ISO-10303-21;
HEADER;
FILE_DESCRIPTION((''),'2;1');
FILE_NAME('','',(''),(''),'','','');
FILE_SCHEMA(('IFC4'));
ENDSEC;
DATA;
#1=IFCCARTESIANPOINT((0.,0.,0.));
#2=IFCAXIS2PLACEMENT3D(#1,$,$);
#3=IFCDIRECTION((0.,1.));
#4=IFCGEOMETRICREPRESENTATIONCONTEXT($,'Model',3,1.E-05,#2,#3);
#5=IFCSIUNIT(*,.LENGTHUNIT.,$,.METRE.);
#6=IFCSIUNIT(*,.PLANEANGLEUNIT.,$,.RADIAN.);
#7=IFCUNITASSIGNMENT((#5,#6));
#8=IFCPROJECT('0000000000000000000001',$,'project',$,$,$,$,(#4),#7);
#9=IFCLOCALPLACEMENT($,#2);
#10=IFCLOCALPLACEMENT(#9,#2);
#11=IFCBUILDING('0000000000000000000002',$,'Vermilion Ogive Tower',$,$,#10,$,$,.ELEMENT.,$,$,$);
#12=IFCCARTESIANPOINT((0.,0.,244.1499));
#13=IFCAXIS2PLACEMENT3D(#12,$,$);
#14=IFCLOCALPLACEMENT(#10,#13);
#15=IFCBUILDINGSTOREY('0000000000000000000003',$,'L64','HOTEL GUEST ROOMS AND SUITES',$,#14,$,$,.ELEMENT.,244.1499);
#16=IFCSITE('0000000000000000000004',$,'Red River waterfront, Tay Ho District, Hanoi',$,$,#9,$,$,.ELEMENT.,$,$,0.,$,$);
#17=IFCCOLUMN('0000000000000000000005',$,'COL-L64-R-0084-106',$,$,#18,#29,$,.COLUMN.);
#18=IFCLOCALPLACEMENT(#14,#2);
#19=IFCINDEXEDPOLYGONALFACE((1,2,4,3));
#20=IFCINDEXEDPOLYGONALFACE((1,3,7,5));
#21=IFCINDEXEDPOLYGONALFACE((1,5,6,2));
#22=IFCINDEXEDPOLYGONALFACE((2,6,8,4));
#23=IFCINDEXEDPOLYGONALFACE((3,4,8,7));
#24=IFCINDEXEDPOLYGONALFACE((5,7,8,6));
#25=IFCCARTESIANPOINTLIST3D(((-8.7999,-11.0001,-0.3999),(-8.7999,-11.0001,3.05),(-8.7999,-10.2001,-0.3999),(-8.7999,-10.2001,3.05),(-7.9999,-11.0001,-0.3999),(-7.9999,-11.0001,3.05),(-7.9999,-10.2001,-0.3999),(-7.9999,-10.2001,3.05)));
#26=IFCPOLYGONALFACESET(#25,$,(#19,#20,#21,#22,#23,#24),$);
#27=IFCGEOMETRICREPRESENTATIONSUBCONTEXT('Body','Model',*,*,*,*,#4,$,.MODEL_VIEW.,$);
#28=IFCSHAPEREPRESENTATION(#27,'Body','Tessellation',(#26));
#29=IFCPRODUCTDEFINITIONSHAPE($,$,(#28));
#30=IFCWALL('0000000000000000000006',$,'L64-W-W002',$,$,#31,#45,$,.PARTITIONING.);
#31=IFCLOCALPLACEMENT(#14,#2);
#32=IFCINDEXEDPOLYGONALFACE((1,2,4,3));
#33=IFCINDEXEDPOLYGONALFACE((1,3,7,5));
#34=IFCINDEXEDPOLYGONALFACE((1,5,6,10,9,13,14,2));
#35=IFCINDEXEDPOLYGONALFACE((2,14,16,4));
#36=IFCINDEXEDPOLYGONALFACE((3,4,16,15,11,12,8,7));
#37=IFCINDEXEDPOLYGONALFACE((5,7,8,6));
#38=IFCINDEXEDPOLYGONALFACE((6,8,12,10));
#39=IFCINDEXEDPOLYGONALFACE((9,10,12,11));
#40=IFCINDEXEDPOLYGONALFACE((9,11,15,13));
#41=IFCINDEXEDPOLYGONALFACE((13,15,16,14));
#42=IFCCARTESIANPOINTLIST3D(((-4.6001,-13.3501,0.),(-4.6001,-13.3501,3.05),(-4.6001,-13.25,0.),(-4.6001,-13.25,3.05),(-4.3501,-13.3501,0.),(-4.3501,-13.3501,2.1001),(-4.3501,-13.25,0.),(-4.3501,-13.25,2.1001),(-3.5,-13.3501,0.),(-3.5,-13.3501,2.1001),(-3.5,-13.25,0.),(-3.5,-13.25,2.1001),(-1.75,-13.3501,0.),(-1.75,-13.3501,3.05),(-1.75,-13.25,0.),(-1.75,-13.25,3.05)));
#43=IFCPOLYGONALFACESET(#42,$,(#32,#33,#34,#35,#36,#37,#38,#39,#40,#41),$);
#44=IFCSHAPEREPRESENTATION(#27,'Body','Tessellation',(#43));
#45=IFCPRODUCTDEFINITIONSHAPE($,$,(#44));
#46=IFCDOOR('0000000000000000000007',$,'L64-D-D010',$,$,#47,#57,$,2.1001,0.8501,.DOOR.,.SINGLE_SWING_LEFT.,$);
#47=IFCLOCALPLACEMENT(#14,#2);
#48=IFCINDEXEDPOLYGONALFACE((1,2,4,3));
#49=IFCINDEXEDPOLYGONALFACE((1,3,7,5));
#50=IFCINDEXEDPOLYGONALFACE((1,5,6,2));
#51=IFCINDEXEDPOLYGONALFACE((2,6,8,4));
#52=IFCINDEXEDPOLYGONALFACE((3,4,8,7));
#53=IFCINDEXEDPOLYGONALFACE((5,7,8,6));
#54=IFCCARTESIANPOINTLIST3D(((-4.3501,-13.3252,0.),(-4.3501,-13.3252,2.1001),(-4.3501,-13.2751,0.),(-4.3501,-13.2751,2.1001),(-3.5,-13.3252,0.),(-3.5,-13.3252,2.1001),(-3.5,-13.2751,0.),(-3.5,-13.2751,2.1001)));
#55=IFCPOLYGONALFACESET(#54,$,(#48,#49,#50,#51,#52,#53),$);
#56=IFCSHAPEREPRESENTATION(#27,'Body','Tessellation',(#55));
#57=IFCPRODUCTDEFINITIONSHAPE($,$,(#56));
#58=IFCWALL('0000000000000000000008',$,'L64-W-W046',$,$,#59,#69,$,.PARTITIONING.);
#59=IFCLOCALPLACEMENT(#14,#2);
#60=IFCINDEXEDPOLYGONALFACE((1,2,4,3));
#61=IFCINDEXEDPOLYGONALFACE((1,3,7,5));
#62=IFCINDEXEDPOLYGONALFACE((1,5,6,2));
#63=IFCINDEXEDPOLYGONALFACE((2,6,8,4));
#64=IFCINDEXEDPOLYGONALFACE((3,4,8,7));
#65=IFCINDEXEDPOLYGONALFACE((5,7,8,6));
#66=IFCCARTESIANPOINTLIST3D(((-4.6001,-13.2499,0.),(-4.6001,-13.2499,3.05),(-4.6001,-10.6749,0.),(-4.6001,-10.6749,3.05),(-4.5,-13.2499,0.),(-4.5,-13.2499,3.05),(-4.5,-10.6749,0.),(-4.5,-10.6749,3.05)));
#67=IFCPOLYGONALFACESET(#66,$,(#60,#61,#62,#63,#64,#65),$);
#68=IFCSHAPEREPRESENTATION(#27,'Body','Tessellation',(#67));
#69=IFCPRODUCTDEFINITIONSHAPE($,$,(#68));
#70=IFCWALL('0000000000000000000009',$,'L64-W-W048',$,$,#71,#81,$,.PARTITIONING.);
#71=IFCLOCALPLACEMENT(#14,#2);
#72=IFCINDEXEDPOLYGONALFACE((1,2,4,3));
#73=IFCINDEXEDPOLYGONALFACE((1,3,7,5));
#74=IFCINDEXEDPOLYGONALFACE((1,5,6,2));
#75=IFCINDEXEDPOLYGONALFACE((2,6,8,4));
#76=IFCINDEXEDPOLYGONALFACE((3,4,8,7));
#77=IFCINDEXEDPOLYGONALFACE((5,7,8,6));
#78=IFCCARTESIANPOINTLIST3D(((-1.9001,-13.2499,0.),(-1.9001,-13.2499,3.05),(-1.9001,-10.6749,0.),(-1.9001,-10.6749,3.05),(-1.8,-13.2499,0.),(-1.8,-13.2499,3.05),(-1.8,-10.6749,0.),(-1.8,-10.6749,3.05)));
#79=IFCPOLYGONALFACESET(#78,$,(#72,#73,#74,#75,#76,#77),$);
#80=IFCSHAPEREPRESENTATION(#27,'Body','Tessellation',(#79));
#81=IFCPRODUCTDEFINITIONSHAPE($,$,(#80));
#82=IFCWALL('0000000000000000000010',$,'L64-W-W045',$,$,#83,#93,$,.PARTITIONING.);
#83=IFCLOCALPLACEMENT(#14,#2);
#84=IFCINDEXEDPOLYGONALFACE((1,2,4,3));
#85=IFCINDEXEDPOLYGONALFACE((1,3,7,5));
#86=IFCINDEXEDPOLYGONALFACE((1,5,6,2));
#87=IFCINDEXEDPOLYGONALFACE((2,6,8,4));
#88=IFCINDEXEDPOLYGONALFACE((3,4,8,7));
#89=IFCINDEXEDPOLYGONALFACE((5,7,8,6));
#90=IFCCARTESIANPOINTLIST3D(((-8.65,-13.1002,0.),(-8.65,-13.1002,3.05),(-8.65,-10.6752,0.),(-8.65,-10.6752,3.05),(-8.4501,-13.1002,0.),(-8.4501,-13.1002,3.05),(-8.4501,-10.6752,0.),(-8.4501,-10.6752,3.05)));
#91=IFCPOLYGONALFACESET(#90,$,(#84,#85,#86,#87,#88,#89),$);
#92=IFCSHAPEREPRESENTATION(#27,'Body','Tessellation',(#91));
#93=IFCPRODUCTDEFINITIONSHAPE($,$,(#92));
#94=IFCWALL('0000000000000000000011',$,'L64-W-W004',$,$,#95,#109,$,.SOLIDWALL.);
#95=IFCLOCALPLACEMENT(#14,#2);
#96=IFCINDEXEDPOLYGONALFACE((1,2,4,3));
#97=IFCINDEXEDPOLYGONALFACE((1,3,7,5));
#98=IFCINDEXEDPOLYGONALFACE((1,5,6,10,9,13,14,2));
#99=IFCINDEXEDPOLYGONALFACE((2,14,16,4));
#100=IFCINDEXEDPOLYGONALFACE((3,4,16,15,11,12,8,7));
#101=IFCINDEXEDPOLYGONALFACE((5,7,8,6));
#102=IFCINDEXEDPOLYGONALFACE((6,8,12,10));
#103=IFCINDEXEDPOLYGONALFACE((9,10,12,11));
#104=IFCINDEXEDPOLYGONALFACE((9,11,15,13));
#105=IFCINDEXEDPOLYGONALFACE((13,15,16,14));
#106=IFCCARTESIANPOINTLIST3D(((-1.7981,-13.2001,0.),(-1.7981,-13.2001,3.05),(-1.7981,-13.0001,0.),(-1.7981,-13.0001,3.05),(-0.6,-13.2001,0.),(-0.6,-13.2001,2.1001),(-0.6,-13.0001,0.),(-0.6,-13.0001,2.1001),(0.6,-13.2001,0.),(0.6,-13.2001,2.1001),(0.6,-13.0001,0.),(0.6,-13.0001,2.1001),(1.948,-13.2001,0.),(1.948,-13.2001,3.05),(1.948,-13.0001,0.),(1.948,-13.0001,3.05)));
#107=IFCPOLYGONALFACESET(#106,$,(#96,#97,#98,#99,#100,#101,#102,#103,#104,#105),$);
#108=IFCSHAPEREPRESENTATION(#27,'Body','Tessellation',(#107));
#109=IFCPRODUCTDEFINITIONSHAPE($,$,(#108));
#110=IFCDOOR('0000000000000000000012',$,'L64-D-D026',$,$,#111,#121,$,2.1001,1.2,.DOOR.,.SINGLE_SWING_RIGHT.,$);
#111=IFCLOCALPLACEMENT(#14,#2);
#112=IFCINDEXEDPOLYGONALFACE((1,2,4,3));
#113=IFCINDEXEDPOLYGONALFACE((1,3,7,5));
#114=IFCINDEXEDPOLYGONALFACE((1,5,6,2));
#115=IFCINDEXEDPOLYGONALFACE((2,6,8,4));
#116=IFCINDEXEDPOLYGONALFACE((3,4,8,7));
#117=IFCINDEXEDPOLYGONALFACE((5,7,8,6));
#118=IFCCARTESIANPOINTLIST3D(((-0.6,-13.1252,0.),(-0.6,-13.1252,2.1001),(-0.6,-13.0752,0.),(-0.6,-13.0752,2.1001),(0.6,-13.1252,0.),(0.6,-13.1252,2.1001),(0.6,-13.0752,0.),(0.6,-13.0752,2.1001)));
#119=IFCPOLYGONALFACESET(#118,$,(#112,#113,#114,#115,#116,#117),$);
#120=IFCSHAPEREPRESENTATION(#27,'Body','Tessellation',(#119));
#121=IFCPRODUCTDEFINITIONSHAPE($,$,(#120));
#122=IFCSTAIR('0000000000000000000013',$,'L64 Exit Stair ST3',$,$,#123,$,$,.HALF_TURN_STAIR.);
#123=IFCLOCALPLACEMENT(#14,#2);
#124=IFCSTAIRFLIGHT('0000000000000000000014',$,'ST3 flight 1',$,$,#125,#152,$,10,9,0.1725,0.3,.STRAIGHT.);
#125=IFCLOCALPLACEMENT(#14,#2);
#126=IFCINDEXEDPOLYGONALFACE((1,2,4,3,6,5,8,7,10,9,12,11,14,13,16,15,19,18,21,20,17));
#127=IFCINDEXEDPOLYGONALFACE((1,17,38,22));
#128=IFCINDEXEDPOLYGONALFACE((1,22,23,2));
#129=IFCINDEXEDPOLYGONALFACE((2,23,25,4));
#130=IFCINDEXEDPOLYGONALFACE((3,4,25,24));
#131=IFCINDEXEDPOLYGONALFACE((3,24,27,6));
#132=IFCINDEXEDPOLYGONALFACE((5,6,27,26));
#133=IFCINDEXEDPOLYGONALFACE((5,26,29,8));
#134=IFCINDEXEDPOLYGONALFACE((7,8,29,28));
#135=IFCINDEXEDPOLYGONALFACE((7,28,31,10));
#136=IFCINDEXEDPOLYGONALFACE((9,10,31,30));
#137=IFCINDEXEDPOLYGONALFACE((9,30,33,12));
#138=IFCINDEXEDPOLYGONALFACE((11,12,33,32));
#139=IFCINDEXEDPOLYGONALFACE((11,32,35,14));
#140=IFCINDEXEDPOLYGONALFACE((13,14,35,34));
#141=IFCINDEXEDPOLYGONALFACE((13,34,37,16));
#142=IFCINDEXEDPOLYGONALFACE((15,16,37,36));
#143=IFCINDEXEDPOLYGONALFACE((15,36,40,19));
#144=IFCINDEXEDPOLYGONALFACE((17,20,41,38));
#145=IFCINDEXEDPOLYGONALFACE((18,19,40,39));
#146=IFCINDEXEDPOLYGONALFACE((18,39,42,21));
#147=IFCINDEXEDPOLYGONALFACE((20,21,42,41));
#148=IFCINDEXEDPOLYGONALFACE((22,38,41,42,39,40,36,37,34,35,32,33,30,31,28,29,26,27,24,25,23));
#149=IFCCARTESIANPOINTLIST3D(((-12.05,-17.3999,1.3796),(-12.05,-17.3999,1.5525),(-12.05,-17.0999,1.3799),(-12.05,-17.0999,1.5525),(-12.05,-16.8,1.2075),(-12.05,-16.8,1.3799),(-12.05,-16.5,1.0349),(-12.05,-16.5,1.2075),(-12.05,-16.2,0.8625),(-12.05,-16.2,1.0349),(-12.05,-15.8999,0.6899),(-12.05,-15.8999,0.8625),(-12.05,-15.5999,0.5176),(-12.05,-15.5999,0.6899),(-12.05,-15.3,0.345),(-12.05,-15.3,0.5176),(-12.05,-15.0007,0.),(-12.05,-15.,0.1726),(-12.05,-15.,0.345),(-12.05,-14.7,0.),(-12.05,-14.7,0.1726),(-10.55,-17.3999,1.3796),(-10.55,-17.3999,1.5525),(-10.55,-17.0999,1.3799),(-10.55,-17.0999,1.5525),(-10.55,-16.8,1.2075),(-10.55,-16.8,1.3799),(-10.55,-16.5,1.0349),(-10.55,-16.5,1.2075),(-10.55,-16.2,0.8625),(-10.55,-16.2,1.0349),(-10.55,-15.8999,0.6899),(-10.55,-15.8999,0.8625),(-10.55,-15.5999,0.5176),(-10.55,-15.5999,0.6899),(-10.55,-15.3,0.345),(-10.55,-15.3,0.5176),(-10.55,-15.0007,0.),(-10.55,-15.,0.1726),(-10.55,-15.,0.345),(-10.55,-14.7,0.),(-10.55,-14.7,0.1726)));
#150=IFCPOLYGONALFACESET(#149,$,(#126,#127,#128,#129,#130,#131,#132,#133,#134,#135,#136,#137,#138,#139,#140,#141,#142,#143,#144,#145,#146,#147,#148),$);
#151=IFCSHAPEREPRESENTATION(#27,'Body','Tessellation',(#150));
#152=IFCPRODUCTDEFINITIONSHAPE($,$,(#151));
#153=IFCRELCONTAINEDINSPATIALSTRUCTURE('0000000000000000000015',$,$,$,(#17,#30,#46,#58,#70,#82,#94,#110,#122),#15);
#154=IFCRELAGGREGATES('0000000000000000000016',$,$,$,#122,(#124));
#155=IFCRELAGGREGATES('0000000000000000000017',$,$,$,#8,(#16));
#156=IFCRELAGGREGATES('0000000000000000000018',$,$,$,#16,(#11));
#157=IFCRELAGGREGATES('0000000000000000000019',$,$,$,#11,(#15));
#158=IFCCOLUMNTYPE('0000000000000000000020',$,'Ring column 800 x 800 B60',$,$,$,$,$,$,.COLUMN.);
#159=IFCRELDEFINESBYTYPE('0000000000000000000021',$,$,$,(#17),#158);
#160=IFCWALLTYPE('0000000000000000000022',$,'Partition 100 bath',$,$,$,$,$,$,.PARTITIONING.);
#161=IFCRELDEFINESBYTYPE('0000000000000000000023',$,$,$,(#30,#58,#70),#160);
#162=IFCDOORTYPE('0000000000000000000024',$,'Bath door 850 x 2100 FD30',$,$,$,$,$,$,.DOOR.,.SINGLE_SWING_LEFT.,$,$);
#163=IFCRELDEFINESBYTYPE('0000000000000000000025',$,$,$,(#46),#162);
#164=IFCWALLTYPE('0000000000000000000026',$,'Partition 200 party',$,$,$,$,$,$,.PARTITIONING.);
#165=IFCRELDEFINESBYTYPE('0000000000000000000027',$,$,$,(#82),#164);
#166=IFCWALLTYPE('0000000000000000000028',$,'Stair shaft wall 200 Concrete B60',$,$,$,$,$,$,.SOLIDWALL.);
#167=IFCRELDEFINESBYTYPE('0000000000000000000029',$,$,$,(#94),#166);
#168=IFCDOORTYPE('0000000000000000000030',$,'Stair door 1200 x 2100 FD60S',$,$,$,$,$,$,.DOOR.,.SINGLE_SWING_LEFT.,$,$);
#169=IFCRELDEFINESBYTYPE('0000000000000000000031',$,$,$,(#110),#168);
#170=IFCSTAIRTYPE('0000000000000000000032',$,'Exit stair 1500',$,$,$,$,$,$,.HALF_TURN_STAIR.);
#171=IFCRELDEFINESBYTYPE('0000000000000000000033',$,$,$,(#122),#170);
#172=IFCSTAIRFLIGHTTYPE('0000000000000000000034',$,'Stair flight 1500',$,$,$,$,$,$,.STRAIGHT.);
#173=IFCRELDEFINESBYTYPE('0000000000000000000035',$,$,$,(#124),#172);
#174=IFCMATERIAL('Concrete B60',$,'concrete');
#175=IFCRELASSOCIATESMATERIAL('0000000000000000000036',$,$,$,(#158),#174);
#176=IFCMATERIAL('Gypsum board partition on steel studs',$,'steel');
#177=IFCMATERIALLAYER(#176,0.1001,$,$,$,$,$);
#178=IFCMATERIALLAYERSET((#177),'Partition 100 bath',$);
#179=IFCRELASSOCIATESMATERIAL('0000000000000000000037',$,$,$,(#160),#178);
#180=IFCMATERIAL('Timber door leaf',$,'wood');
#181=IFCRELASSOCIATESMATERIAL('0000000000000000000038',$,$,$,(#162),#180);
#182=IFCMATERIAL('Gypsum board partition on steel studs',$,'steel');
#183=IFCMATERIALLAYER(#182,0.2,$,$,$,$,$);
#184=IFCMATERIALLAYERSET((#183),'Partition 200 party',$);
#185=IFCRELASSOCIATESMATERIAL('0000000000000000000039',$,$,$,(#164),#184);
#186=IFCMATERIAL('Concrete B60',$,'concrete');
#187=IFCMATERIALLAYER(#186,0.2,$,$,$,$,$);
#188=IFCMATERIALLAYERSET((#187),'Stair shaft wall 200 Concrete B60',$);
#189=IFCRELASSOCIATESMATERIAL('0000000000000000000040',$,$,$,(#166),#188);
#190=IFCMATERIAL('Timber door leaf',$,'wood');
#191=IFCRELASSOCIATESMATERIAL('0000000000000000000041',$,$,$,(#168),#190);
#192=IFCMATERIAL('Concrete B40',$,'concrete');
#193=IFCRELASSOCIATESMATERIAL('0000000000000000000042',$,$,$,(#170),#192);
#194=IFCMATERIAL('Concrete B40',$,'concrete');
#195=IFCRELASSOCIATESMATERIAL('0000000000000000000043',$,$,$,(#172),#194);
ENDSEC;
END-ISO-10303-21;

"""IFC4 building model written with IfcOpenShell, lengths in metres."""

from ifc_helpers import new_model, si_unit, direction, frame, frame_2d, origin, origin_2d, place, context, subcontext, project, spatial, polyline, rectangle, outline, extrude, material, layer, layer_set, material_profile, profile_set, type_object, element, fill, aggregate, save


model = new_model("IFC4")

# Units and contexts
model_context = context("Model", 3, precision=1e-05, world=origin(), true_north=direction((0.0, 1.0)))
body_context = subcontext(model_context, "Body", "Model", "MODEL_VIEW")
ifc_project = project(units=[si_unit("LENGTHUNIT", "METRE"), si_unit("PLANEANGLEUNIT", "RADIAN")], contexts=[model_context])

# Site, building, storey
site_placement = place(None, origin())
site = spatial("IfcSite", under=ifc_project, at=site_placement, Name="Red River waterfront, Tay Ho District, Hanoi", CompositionType="ELEMENT", RefElevation=0.0)
building_placement = place(site_placement, origin())
building = spatial("IfcBuilding", under=site, at=building_placement, Name="Vermilion Ogive Tower", CompositionType="ELEMENT")
storey_placement = place(building_placement, frame((0.0, 0.0, 244.1499)))
storey = spatial("IfcBuildingStorey", under=building, at=storey_placement, Name="L64", Description="HOTEL GUEST ROOMS AND SUITES", CompositionType="ELEMENT", Elevation=244.1499)

# Column
ifc_material_1 = material(Name="Concrete B60", Category="concrete")
ifc_material_profile = material_profile(ifc_material_1, rectangle(XDim=0.8, YDim=0.8, at=origin_2d()), Name="800 x 800")
ifc_profile_set = profile_set([ifc_material_profile], Name="Concrete B60")
column_type = type_object("IfcColumnType", Name="Ring column 800 x 800 B60", PredefinedType="COLUMN", material=ifc_profile_set)
column_placement = place(storey_placement, frame((-8.3999, -10.6001, -0.3999), z_axis=(0.0, 0.0, 1.0), x_axis=(1.0, 0.0, 0.0)))
element("IfcColumn", 1, at=column_placement, inside=storey, type_object=column_type, Name="COL-L64-R-0084-106", PredefinedType="COLUMN", context=body_context, shape_type="SweptSolid", body=[
    extrude(rectangle(XDim=0.8, YDim=0.8, at=origin_2d()), origin(), (0.0, 0.0, 1.0), 3.45),
])

# Wall, opening, door
ifc_material_2 = material(Name="Gypsum board partition on steel studs", Category="steel")
ifc_layer_1 = layer(ifc_material_2, 0.1001)
ifc_layer_set_1 = layer_set([ifc_layer_1], Name="Partition 100 bath")
wall_type_1 = type_object("IfcWallType", Name="Partition 100 bath", PredefinedType="PARTITIONING", material=ifc_layer_set_1)
wall_1_placement = place(storey_placement, frame((-4.6001, -13.3, 0.0), z_axis=(0.0, 0.0, 1.0), x_axis=(1.0, 0.0, 0.0)))
wall_1 = element("IfcWall", 2, at=wall_1_placement, inside=storey, type_object=wall_type_1, Name="L64-W-W002", PredefinedType="PARTITIONING", context=body_context, shape_type="SweptSolid", body=[
    extrude(rectangle(XDim=2.8501, YDim=0.1001, at=frame_2d((1.425, 0.0))), origin(), (0.0, 0.0, 1.0), 3.05),
])
opening_1_placement = place(wall_1_placement, frame((0.25, 0.0, 0.0)))
opening_1 = element("IfcOpeningElement", 3, at=opening_1_placement, cuts=wall_1, PredefinedType="OPENING", context=body_context, shape_type="SweptSolid", body=[
    extrude(rectangle(XDim=0.8501, YDim=2.1001, at=frame_2d((0.425, 1.05))), frame((0.0, 0.0601, 0.0), z_axis=(0.0, -1.0, 0.0), x_axis=(1.0, 0.0, 0.0)), (0.0, 0.0, 1.0), 0.1201),
])
ifc_material_3 = material(Name="Timber door leaf", Category="wood")
door_type_1 = type_object("IfcDoorType", Name="Bath door 850 x 2100 FD30", OperationType="SINGLE_SWING_LEFT", PredefinedType="DOOR", material=ifc_material_3)
door_1_placement = place(opening_1_placement, origin())
door_1 = element("IfcDoor", 4, at=door_1_placement, inside=storey, type_object=door_type_1, Name="L64-D-D010", OperationType="SINGLE_SWING_LEFT", OverallHeight=2.1001, OverallWidth=0.8501, PredefinedType="DOOR", context=body_context, shape_type="SweptSolid", body=[
    extrude(rectangle(XDim=0.8501, YDim=2.1001, at=frame_2d((0.425, 1.05))), frame((0.0, 0.0249, 0.0), z_axis=(0.0, -1.0, 0.0), x_axis=(1.0, 0.0, 0.0)), (0.0, 0.0, 1.0), 0.05),
])
fill(opening_1, door_1)

# Walls
for number, where, z_axis, x_axis, name in (
    (5, (-4.55, -13.25, 0.0), (0.0, 0.0, 1.0), (0.0, 1.0, 0.0), "L64-W-W046"),
    (6, (-1.8501, -13.25, 0.0), (0.0, 0.0, 1.0), (0.0, 1.0, 0.0), "L64-W-W048"),
):
    element("IfcWall", number, at=place(storey_placement, frame(where, z_axis=z_axis, x_axis=x_axis)), inside=storey, type_object=wall_type_1, Name=name, PredefinedType="PARTITIONING", context=body_context, shape_type="SweptSolid", body=[
        extrude(rectangle(XDim=2.575, YDim=0.1001, at=frame_2d((1.2876, 0.0))), origin(), (0.0, 0.0, 1.0), 3.05),
    ])
ifc_material_4 = material(Name="Gypsum board partition on steel studs", Category="steel")
ifc_layer_2 = layer(ifc_material_4, 0.2)
ifc_layer_set_2 = layer_set([ifc_layer_2], Name="Partition 200 party")
wall_type_2 = type_object("IfcWallType", Name="Partition 200 party", PredefinedType="PARTITIONING", material=ifc_layer_set_2)
wall_2_placement = place(storey_placement, frame((-8.55, -13.1001, 0.0), z_axis=(0.0, 0.0, 1.0), x_axis=(0.0, 1.0, 0.0)))
element("IfcWall", 7, at=wall_2_placement, inside=storey, type_object=wall_type_2, Name="L64-W-W045", PredefinedType="PARTITIONING", context=body_context, shape_type="SweptSolid", body=[
    extrude(rectangle(XDim=2.425, YDim=0.2, at=frame_2d((1.2124, 0.0))), origin(), (0.0, 0.0, 1.0), 3.05),
])

# Wall, opening, door
ifc_material_5 = material(Name="Concrete B60", Category="concrete")
ifc_layer_3 = layer(ifc_material_5, 0.2)
ifc_layer_set_3 = layer_set([ifc_layer_3], Name="Stair shaft wall 200 Concrete B60")
wall_type_3 = type_object("IfcWallType", Name="Stair shaft wall 200 Concrete B60", PredefinedType="SOLIDWALL", material=ifc_layer_set_3)
wall_3_placement = place(storey_placement, frame((-1.7981, -13.1001, 0.0), z_axis=(0.0, 0.0, 1.0), x_axis=(1.0, 0.0, 0.0)))
wall_3 = element("IfcWall", 8, at=wall_3_placement, inside=storey, type_object=wall_type_3, Name="L64-W-W004", PredefinedType="SOLIDWALL", context=body_context, shape_type="SweptSolid", body=[
    extrude(rectangle(XDim=3.7461, YDim=0.2, at=frame_2d((1.873, 0.0))), origin(), (0.0, 0.0, 1.0), 3.05),
])
opening_2_placement = place(wall_3_placement, frame((1.198, 0.0, 0.0)))
opening_2 = element("IfcOpeningElement", 9, at=opening_2_placement, cuts=wall_3, PredefinedType="OPENING", context=body_context, shape_type="SweptSolid", body=[
    extrude(rectangle(XDim=1.2, YDim=2.1001, at=frame_2d((0.6001, 1.05))), frame((0.0, 0.1099, 0.0), z_axis=(0.0, -1.0, 0.0), x_axis=(1.0, 0.0, 0.0)), (0.0, 0.0, 1.0), 0.22),
])
ifc_material_6 = material(Name="Timber door leaf", Category="wood")
door_type_2 = type_object("IfcDoorType", Name="Stair door 1200 x 2100 FD60S", OperationType="SINGLE_SWING_LEFT", PredefinedType="DOOR", material=ifc_material_6)
door_2_placement = place(opening_2_placement, origin())
door_2 = element("IfcDoor", 10, at=door_2_placement, inside=storey, type_object=door_type_2, Name="L64-D-D026", OperationType="SINGLE_SWING_RIGHT", OverallHeight=2.1001, OverallWidth=1.2, PredefinedType="DOOR", context=body_context, shape_type="SweptSolid", body=[
    extrude(rectangle(XDim=1.2, YDim=2.1001, at=frame_2d((0.6001, 1.05))), frame((0.0, 0.0249, 0.0), z_axis=(0.0, -1.0, 0.0), x_axis=(1.0, 0.0, 0.0)), (0.0, 0.0, 1.0), 0.05),
])
fill(opening_2, door_2)

# Stair, stair flight
ifc_material_7 = material(Name="Concrete B40", Category="concrete")
stair_type = type_object("IfcStairType", Name="Exit stair 1500", PredefinedType="HALF_TURN_STAIR", material=ifc_material_7)
stair_1_placement = place(storey_placement, origin())
stair_1 = element("IfcStair", 11, at=stair_1_placement, inside=storey, type_object=stair_type, Name="L64 Exit Stair ST3", PredefinedType="HALF_TURN_STAIR")
ifc_material_8 = material(Name="Concrete B40", Category="concrete")
stair_flight_type = type_object("IfcStairFlightType", Name="Stair flight 1500", PredefinedType="STRAIGHT", material=ifc_material_8)
stair_flight_1_placement = place(storey_placement, frame((-11.3, -14.7, 0.0), z_axis=(0.0, 0.0, 1.0), x_axis=(0.0, -1.0, 0.0)))
stair_flight_1 = element("IfcStairFlight", 12, at=stair_flight_1_placement, type_object=stair_flight_type, Name="ST3 flight 1", NumberOfRisers=10, NumberOfTreads=9, PredefinedType="STRAIGHT", RiserHeight=0.1725, TreadLength=0.3, context=body_context, shape_type="SweptSolid", body=[
    extrude(outline(polyline([(0.0, 0.0), (0.0, 0.1726), (0.3, 0.1726), (0.3, 0.345), (0.6001, 0.345), (0.6001, 0.5176), (0.8999, 0.5176), (0.8999, 0.6899), (1.2, 0.6899), (1.2, 0.8625), (1.5, 0.8625), (1.5, 1.0349), (1.8, 1.0349), (1.8, 1.2075), (2.1001, 1.2075), (2.1001, 1.3799), (2.3999, 1.3799), (2.3999, 1.5525), (2.7, 1.5525), (2.7, 1.7251), (2.7, 1.3796), (0.3008, 0.0), (0.0, 0.0)])), frame((0.0, 0.75, 0.0), z_axis=(0.0, -1.0, 0.0), x_axis=(1.0, 0.0, 0.0)), (0.0, 0.0, 1.0), 1.5),
])
aggregate(stair_1, [stair_flight_1])

save(model, "model.ifc")
